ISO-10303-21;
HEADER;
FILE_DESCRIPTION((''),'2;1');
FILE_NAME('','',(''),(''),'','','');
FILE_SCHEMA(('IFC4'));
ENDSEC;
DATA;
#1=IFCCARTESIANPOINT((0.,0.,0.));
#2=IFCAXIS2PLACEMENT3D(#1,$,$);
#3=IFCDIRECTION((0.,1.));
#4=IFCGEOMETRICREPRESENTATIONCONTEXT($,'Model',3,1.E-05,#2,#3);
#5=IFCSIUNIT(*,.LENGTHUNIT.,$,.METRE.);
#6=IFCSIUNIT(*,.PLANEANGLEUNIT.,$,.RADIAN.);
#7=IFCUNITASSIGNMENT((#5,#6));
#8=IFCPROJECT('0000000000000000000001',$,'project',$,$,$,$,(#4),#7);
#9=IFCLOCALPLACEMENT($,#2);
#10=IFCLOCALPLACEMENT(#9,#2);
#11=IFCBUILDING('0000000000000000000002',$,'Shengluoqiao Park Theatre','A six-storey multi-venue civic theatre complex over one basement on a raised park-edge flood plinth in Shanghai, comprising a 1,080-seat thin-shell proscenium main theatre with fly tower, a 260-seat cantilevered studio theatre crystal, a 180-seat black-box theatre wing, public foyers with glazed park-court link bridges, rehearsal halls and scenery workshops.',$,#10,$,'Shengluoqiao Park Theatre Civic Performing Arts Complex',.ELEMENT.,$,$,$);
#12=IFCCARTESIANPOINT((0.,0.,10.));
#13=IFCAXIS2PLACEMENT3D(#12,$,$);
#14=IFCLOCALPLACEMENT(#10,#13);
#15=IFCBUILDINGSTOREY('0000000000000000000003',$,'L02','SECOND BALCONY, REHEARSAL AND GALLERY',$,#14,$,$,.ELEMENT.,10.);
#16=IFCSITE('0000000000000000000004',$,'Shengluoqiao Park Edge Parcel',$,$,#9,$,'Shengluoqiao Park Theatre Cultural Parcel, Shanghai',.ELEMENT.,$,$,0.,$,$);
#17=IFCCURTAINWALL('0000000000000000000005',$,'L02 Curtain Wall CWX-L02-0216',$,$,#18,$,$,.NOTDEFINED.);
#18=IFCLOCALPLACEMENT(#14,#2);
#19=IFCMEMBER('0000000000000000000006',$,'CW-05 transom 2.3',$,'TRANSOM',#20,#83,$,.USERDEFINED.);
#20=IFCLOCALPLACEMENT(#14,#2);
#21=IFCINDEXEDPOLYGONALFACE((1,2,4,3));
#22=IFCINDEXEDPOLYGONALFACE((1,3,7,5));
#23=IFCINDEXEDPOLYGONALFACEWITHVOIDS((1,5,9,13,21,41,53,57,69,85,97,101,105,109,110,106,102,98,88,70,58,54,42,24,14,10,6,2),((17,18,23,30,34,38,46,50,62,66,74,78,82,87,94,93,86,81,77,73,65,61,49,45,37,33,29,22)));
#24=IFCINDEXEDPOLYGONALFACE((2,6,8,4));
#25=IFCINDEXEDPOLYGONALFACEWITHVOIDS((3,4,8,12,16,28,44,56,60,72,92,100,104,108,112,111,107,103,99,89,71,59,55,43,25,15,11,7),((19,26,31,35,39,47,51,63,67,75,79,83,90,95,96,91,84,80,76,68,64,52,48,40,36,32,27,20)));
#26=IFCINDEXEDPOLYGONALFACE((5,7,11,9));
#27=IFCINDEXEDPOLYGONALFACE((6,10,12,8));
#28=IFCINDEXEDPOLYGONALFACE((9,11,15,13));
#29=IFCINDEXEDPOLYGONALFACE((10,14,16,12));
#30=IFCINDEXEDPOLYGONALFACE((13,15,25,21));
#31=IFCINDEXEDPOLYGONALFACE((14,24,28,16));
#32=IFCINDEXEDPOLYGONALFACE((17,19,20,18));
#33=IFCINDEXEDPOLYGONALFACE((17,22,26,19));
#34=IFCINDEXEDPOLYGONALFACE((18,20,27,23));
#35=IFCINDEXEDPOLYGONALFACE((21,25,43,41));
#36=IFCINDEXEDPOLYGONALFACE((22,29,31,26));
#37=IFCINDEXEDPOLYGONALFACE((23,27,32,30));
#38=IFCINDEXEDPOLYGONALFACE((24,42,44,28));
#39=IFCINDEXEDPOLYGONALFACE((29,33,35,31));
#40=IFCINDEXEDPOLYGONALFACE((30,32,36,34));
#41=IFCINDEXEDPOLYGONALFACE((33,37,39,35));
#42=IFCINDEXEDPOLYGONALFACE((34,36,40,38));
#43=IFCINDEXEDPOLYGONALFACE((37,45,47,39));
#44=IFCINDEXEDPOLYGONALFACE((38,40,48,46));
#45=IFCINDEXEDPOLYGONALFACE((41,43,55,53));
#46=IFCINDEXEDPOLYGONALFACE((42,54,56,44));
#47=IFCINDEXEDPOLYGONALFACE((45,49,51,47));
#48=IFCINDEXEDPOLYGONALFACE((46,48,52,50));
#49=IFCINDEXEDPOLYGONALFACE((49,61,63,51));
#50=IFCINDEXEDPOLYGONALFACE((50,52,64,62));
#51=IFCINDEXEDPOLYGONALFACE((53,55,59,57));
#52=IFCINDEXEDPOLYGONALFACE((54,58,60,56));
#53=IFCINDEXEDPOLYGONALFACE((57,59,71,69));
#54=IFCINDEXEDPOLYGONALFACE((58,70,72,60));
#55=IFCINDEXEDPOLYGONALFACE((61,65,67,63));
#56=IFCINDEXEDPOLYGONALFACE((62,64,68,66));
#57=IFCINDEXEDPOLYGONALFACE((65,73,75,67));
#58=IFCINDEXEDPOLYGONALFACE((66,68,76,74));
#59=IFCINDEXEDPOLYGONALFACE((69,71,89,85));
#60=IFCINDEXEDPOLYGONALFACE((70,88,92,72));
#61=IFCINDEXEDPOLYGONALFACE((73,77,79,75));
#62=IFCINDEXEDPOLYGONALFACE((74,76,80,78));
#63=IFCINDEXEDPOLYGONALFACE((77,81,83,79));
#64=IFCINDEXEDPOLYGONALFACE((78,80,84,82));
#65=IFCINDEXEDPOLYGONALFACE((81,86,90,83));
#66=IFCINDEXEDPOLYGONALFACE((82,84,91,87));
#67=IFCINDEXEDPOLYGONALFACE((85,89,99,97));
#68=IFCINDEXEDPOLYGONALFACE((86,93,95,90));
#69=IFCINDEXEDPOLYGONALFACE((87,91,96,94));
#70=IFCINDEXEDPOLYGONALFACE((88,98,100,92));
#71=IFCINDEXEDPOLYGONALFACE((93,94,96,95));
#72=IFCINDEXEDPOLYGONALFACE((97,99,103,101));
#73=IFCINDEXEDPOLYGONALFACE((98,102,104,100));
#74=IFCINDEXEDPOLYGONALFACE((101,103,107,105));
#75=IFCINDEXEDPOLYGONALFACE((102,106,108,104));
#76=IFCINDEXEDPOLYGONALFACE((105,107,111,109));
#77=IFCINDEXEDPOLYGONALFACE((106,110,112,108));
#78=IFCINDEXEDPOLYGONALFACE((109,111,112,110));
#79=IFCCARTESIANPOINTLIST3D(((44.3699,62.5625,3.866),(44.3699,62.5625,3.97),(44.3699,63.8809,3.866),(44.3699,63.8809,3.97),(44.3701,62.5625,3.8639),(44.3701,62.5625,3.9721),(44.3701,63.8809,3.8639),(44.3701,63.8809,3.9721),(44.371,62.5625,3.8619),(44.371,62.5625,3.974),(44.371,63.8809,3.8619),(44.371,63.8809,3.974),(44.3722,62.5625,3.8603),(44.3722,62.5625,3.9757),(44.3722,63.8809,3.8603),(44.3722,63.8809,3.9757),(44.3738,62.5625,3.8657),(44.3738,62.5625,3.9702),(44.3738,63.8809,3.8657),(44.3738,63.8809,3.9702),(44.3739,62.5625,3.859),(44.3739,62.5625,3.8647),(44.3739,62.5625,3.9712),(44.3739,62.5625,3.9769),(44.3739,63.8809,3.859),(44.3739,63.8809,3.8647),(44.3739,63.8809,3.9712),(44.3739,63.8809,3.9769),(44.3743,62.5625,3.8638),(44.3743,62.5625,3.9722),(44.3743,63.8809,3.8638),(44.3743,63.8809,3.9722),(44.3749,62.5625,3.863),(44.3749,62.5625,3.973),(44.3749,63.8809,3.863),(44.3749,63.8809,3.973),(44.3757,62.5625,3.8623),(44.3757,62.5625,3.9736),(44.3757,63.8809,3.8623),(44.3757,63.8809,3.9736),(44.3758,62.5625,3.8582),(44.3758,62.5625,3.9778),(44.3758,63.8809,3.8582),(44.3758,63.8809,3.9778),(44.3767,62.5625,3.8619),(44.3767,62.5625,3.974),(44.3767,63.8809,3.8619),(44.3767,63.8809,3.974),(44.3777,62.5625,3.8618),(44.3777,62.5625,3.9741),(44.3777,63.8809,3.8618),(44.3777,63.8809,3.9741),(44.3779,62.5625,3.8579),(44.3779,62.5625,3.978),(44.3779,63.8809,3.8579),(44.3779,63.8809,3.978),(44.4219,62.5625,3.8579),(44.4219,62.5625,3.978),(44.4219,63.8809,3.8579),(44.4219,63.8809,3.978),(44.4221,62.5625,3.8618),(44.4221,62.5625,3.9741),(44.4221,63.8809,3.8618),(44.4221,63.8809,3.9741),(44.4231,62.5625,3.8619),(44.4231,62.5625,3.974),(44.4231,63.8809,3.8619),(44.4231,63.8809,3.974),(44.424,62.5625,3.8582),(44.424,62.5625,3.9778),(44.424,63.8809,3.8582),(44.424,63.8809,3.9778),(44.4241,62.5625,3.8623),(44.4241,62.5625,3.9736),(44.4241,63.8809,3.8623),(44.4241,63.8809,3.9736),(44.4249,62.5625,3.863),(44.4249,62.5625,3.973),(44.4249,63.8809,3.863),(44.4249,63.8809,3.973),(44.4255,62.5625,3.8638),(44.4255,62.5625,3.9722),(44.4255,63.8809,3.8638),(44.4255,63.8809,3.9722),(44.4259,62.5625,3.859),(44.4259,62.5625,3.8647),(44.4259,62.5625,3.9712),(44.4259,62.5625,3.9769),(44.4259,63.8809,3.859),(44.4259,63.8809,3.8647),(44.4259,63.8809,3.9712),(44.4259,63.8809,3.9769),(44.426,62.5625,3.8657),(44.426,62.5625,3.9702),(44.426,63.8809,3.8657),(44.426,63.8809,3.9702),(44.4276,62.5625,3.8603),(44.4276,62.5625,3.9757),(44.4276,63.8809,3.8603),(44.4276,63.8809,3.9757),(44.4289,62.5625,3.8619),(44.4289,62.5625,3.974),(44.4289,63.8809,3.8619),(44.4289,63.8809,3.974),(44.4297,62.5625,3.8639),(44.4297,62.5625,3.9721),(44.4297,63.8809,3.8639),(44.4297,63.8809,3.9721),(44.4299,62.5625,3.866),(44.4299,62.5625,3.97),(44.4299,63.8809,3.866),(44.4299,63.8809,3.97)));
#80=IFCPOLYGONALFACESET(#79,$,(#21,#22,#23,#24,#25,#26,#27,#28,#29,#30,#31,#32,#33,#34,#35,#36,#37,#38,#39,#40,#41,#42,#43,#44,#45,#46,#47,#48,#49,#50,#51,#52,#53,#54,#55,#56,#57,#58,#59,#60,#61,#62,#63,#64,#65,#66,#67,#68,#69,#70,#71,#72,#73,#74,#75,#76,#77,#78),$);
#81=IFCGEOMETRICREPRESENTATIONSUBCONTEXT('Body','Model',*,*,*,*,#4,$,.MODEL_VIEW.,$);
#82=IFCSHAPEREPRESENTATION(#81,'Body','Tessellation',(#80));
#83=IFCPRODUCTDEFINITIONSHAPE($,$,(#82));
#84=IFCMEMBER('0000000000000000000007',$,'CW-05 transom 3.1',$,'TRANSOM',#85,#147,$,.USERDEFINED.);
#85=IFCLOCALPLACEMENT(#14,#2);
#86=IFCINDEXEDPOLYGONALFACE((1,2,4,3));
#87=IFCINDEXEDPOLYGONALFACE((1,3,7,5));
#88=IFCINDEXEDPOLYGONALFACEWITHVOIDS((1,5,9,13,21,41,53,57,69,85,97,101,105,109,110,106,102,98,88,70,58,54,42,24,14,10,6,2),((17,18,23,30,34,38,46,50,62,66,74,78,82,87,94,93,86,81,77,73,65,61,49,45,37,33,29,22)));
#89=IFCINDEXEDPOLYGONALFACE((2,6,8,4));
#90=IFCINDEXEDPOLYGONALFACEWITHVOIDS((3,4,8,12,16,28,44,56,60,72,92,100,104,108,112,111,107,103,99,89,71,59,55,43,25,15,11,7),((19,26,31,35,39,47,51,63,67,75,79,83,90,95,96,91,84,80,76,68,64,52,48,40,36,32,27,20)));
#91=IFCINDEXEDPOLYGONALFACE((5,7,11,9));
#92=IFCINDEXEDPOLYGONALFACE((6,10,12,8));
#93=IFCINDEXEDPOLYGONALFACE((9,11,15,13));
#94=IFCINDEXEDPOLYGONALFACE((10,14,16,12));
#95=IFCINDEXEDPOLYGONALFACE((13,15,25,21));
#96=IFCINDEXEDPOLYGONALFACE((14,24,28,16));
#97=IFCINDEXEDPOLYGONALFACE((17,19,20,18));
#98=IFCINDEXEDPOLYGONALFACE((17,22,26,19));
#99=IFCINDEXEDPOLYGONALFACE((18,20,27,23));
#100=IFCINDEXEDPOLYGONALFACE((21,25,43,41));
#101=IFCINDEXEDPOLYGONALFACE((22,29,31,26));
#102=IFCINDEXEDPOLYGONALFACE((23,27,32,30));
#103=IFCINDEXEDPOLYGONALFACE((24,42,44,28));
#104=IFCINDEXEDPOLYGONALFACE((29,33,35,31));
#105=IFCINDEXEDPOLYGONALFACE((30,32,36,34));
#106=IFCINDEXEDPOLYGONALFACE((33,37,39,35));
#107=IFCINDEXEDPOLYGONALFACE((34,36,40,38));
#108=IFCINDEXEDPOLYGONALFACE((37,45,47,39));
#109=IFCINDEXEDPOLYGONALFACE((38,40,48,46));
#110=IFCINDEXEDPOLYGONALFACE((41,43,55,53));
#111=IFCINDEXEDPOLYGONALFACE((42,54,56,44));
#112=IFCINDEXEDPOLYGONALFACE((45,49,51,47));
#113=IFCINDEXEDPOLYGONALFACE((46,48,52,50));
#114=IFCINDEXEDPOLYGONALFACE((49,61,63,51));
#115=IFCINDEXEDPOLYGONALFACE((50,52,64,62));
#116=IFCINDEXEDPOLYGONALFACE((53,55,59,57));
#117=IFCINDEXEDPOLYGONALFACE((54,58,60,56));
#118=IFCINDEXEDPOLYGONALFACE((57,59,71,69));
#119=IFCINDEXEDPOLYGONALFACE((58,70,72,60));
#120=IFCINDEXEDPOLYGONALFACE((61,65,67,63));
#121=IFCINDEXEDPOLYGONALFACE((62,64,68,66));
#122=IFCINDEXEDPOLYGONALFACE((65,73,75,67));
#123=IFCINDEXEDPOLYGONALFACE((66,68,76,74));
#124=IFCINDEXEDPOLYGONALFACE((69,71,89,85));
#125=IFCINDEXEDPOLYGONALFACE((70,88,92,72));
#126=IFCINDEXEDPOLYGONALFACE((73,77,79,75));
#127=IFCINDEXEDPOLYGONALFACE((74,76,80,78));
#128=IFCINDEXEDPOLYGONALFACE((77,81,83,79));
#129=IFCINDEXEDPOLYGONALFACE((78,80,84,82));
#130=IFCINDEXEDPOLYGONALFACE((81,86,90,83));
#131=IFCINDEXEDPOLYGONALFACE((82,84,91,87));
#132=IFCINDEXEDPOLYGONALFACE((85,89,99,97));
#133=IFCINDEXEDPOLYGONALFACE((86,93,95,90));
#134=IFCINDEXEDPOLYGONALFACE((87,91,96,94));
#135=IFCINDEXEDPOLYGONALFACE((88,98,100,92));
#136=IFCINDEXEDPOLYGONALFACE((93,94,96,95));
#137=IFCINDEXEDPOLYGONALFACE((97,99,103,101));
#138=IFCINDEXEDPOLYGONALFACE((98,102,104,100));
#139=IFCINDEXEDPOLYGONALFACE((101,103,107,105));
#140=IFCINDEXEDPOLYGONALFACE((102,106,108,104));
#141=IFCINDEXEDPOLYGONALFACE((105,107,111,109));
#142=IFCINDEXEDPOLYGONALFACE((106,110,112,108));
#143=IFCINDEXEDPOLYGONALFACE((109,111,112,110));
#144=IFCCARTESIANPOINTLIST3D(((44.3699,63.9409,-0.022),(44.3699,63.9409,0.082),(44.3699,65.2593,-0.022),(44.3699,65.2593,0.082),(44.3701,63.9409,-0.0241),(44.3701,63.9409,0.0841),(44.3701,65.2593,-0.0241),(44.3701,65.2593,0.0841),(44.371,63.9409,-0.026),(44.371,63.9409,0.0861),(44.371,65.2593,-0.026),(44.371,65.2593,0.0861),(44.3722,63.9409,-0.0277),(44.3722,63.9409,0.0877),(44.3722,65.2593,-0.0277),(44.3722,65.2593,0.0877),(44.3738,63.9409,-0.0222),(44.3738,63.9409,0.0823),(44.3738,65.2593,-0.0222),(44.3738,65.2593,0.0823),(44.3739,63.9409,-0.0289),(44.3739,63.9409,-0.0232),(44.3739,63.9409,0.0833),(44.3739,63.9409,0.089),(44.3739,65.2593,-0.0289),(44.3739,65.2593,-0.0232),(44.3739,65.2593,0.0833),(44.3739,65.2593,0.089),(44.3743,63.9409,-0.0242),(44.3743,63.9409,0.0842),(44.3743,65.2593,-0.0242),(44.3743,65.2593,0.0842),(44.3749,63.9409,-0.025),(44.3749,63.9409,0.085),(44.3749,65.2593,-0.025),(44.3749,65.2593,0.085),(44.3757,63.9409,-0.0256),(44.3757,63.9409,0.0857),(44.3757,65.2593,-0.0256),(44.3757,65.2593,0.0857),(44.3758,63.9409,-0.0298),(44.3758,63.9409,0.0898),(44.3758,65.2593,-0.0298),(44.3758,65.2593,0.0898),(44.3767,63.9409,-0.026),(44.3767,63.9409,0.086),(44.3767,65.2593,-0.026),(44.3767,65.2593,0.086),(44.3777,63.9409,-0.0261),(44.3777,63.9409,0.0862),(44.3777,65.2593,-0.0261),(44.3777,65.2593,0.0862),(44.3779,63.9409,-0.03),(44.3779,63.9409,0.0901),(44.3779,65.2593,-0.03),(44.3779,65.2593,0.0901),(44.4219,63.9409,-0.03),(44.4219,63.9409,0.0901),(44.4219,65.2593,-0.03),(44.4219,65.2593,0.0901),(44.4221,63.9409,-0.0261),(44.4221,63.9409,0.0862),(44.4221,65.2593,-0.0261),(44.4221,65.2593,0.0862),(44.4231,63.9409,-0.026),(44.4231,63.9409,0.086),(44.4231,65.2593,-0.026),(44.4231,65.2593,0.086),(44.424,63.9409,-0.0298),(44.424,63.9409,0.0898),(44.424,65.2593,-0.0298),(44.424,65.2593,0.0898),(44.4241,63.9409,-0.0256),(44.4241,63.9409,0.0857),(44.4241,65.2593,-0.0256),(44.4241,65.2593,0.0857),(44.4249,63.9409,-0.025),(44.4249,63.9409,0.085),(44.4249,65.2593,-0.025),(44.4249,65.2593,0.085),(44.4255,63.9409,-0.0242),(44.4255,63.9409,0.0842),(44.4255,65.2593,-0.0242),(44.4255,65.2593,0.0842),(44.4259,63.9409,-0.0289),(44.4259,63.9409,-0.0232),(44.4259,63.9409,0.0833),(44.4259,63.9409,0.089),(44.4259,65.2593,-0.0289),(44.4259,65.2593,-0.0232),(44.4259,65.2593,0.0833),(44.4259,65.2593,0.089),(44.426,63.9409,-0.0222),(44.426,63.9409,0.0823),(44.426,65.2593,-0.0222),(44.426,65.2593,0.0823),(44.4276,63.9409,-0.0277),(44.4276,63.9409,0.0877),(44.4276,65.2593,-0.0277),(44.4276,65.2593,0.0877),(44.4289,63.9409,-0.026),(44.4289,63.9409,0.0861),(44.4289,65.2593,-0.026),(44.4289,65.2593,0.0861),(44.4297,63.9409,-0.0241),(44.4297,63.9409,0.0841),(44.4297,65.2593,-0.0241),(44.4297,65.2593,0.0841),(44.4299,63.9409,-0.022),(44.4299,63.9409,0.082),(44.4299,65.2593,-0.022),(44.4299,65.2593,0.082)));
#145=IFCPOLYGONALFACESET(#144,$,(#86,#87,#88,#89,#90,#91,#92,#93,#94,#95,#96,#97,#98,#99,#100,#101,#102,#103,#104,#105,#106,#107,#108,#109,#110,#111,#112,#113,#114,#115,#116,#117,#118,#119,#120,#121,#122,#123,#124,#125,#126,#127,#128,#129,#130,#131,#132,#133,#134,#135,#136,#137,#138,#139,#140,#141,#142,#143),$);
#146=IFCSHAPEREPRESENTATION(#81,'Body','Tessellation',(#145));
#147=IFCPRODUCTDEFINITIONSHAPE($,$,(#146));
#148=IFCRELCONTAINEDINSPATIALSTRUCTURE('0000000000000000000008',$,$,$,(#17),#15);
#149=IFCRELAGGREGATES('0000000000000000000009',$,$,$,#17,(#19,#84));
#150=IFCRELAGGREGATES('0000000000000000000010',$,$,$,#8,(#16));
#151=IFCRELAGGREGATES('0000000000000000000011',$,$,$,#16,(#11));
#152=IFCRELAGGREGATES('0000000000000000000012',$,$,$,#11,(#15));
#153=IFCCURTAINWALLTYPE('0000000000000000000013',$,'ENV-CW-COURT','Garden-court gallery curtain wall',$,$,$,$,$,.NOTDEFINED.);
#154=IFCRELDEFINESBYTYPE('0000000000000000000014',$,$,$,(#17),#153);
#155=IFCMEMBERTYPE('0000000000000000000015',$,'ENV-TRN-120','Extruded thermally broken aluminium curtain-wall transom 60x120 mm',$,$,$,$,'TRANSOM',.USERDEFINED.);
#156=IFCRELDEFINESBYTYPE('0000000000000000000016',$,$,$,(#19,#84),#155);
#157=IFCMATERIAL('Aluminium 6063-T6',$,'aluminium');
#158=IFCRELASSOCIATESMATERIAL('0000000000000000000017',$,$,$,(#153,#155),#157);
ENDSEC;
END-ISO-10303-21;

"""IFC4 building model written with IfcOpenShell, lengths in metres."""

from ifc_helpers import new_model, si_unit, direction, frame, origin, origin_2d, place, context, subcontext, project, spatial, hollow_rectangle, extrude, material, material_profile, profile_set, type_object, element, aggregate, save


model = new_model("IFC4")

# Units and contexts
model_context = context("Model", 3, precision=1e-05, world=origin(), true_north=direction((0.0, 1.0)))
body_context = subcontext(model_context, "Body", "Model", "MODEL_VIEW")
ifc_project = project(units=[si_unit("LENGTHUNIT", "METRE"), si_unit("PLANEANGLEUNIT", "RADIAN")], contexts=[model_context])

# Site, building, storey
site_placement = place(None, origin())
site = spatial("IfcSite", under=ifc_project, at=site_placement, Name="Shengluoqiao Park Edge Parcel", LongName="Shengluoqiao Park Theatre Cultural Parcel, Shanghai", CompositionType="ELEMENT", RefElevation=0.0)
building_placement = place(site_placement, origin())
building = spatial("IfcBuilding", under=site, at=building_placement, Name="Shengluoqiao Park Theatre", Description="A six-storey multi-venue civic theatre complex over one basement on a raised park-edge flood plinth in Shanghai, comprising a 1,080-seat thin-shell proscenium main theatre with fly tower, a 260-seat cantilevered studio theatre crystal, a 180-seat black-box theatre wing, public foyers with glazed park-court link bridges, rehearsal halls and scenery workshops.", LongName="Shengluoqiao Park Theatre Civic Performing Arts Complex", CompositionType="ELEMENT")
storey_placement = place(building_placement, frame((0.0, 0.0, 10.0)))
storey = spatial("IfcBuildingStorey", under=building, at=storey_placement, Name="L02", Description="SECOND BALCONY, REHEARSAL AND GALLERY", CompositionType="ELEMENT", Elevation=10.0)

# Curtain wall, members
ifc_material_1 = material(Name="Aluminium 6063-T6", Category="aluminium")
curtain_wall_type = type_object("IfcCurtainWallType", Name="ENV-CW-COURT", Description="Garden-court gallery curtain wall", PredefinedType="NOTDEFINED", material=ifc_material_1)
curtain_wall_placement = place(storey_placement, origin())
curtain_wall = element("IfcCurtainWall", 1, at=curtain_wall_placement, inside=storey, type_object=curtain_wall_type, Name="L02 Curtain Wall CWX-L02-0216", PredefinedType="NOTDEFINED")
ifc_material_profile_1 = material_profile(ifc_material_1, hollow_rectangle(XDim=0.0601, YDim=0.1201, WallThickness=0.0039, InnerFilletRadius=0.0039, OuterFilletRadius=0.0081, at=origin_2d()), Name="ALU TRANSOM 120x60x4")
ifc_profile_set_1 = profile_set([ifc_material_profile_1], Name="Aluminium 6063-T6")
member_type_1 = type_object("IfcMemberType", Name="ENV-TRN-120", Description="Extruded thermally broken aluminium curtain-wall transom 60x120 mm", ElementType="TRANSOM", PredefinedType="USERDEFINED", material=ifc_profile_set_1)
member_1_placement = place(storey_placement, frame((44.3999, 62.5625, 3.918), z_axis=(0.0, 1.0, 0.0), x_axis=(-1.0, 0.0, 0.0)))
member_1 = element("IfcMember", 2, at=member_1_placement, type_object=member_type_1, Name="CW-05 transom 2.3", ObjectType="TRANSOM", PredefinedType="USERDEFINED", context=body_context, shape_type="SweptSolid", body=[
    extrude(hollow_rectangle(XDim=0.0601, YDim=0.1201, WallThickness=0.0039, InnerFilletRadius=0.0039, OuterFilletRadius=0.0081, at=origin_2d()), origin(), (0.0, 0.0, 1.0), 1.3184),
])
member_2_placement = place(storey_placement, frame((44.3999, 63.9409, 0.03), z_axis=(0.0, 1.0, 0.0), x_axis=(-1.0, 0.0, 0.0)))
member_2 = element("IfcMember", 3, at=member_2_placement, type_object=member_type_1, Name="CW-05 transom 3.1", ObjectType="TRANSOM", PredefinedType="USERDEFINED", context=body_context, shape_type="SweptSolid", body=[
    extrude(hollow_rectangle(XDim=0.0601, YDim=0.1201, WallThickness=0.0039, InnerFilletRadius=0.0039, OuterFilletRadius=0.0081, at=origin_2d()), origin(), (0.0, 0.0, 1.0), 1.3184),
])

aggregate(curtain_wall, [member_1, member_2])

save(model, "model.ifc")
